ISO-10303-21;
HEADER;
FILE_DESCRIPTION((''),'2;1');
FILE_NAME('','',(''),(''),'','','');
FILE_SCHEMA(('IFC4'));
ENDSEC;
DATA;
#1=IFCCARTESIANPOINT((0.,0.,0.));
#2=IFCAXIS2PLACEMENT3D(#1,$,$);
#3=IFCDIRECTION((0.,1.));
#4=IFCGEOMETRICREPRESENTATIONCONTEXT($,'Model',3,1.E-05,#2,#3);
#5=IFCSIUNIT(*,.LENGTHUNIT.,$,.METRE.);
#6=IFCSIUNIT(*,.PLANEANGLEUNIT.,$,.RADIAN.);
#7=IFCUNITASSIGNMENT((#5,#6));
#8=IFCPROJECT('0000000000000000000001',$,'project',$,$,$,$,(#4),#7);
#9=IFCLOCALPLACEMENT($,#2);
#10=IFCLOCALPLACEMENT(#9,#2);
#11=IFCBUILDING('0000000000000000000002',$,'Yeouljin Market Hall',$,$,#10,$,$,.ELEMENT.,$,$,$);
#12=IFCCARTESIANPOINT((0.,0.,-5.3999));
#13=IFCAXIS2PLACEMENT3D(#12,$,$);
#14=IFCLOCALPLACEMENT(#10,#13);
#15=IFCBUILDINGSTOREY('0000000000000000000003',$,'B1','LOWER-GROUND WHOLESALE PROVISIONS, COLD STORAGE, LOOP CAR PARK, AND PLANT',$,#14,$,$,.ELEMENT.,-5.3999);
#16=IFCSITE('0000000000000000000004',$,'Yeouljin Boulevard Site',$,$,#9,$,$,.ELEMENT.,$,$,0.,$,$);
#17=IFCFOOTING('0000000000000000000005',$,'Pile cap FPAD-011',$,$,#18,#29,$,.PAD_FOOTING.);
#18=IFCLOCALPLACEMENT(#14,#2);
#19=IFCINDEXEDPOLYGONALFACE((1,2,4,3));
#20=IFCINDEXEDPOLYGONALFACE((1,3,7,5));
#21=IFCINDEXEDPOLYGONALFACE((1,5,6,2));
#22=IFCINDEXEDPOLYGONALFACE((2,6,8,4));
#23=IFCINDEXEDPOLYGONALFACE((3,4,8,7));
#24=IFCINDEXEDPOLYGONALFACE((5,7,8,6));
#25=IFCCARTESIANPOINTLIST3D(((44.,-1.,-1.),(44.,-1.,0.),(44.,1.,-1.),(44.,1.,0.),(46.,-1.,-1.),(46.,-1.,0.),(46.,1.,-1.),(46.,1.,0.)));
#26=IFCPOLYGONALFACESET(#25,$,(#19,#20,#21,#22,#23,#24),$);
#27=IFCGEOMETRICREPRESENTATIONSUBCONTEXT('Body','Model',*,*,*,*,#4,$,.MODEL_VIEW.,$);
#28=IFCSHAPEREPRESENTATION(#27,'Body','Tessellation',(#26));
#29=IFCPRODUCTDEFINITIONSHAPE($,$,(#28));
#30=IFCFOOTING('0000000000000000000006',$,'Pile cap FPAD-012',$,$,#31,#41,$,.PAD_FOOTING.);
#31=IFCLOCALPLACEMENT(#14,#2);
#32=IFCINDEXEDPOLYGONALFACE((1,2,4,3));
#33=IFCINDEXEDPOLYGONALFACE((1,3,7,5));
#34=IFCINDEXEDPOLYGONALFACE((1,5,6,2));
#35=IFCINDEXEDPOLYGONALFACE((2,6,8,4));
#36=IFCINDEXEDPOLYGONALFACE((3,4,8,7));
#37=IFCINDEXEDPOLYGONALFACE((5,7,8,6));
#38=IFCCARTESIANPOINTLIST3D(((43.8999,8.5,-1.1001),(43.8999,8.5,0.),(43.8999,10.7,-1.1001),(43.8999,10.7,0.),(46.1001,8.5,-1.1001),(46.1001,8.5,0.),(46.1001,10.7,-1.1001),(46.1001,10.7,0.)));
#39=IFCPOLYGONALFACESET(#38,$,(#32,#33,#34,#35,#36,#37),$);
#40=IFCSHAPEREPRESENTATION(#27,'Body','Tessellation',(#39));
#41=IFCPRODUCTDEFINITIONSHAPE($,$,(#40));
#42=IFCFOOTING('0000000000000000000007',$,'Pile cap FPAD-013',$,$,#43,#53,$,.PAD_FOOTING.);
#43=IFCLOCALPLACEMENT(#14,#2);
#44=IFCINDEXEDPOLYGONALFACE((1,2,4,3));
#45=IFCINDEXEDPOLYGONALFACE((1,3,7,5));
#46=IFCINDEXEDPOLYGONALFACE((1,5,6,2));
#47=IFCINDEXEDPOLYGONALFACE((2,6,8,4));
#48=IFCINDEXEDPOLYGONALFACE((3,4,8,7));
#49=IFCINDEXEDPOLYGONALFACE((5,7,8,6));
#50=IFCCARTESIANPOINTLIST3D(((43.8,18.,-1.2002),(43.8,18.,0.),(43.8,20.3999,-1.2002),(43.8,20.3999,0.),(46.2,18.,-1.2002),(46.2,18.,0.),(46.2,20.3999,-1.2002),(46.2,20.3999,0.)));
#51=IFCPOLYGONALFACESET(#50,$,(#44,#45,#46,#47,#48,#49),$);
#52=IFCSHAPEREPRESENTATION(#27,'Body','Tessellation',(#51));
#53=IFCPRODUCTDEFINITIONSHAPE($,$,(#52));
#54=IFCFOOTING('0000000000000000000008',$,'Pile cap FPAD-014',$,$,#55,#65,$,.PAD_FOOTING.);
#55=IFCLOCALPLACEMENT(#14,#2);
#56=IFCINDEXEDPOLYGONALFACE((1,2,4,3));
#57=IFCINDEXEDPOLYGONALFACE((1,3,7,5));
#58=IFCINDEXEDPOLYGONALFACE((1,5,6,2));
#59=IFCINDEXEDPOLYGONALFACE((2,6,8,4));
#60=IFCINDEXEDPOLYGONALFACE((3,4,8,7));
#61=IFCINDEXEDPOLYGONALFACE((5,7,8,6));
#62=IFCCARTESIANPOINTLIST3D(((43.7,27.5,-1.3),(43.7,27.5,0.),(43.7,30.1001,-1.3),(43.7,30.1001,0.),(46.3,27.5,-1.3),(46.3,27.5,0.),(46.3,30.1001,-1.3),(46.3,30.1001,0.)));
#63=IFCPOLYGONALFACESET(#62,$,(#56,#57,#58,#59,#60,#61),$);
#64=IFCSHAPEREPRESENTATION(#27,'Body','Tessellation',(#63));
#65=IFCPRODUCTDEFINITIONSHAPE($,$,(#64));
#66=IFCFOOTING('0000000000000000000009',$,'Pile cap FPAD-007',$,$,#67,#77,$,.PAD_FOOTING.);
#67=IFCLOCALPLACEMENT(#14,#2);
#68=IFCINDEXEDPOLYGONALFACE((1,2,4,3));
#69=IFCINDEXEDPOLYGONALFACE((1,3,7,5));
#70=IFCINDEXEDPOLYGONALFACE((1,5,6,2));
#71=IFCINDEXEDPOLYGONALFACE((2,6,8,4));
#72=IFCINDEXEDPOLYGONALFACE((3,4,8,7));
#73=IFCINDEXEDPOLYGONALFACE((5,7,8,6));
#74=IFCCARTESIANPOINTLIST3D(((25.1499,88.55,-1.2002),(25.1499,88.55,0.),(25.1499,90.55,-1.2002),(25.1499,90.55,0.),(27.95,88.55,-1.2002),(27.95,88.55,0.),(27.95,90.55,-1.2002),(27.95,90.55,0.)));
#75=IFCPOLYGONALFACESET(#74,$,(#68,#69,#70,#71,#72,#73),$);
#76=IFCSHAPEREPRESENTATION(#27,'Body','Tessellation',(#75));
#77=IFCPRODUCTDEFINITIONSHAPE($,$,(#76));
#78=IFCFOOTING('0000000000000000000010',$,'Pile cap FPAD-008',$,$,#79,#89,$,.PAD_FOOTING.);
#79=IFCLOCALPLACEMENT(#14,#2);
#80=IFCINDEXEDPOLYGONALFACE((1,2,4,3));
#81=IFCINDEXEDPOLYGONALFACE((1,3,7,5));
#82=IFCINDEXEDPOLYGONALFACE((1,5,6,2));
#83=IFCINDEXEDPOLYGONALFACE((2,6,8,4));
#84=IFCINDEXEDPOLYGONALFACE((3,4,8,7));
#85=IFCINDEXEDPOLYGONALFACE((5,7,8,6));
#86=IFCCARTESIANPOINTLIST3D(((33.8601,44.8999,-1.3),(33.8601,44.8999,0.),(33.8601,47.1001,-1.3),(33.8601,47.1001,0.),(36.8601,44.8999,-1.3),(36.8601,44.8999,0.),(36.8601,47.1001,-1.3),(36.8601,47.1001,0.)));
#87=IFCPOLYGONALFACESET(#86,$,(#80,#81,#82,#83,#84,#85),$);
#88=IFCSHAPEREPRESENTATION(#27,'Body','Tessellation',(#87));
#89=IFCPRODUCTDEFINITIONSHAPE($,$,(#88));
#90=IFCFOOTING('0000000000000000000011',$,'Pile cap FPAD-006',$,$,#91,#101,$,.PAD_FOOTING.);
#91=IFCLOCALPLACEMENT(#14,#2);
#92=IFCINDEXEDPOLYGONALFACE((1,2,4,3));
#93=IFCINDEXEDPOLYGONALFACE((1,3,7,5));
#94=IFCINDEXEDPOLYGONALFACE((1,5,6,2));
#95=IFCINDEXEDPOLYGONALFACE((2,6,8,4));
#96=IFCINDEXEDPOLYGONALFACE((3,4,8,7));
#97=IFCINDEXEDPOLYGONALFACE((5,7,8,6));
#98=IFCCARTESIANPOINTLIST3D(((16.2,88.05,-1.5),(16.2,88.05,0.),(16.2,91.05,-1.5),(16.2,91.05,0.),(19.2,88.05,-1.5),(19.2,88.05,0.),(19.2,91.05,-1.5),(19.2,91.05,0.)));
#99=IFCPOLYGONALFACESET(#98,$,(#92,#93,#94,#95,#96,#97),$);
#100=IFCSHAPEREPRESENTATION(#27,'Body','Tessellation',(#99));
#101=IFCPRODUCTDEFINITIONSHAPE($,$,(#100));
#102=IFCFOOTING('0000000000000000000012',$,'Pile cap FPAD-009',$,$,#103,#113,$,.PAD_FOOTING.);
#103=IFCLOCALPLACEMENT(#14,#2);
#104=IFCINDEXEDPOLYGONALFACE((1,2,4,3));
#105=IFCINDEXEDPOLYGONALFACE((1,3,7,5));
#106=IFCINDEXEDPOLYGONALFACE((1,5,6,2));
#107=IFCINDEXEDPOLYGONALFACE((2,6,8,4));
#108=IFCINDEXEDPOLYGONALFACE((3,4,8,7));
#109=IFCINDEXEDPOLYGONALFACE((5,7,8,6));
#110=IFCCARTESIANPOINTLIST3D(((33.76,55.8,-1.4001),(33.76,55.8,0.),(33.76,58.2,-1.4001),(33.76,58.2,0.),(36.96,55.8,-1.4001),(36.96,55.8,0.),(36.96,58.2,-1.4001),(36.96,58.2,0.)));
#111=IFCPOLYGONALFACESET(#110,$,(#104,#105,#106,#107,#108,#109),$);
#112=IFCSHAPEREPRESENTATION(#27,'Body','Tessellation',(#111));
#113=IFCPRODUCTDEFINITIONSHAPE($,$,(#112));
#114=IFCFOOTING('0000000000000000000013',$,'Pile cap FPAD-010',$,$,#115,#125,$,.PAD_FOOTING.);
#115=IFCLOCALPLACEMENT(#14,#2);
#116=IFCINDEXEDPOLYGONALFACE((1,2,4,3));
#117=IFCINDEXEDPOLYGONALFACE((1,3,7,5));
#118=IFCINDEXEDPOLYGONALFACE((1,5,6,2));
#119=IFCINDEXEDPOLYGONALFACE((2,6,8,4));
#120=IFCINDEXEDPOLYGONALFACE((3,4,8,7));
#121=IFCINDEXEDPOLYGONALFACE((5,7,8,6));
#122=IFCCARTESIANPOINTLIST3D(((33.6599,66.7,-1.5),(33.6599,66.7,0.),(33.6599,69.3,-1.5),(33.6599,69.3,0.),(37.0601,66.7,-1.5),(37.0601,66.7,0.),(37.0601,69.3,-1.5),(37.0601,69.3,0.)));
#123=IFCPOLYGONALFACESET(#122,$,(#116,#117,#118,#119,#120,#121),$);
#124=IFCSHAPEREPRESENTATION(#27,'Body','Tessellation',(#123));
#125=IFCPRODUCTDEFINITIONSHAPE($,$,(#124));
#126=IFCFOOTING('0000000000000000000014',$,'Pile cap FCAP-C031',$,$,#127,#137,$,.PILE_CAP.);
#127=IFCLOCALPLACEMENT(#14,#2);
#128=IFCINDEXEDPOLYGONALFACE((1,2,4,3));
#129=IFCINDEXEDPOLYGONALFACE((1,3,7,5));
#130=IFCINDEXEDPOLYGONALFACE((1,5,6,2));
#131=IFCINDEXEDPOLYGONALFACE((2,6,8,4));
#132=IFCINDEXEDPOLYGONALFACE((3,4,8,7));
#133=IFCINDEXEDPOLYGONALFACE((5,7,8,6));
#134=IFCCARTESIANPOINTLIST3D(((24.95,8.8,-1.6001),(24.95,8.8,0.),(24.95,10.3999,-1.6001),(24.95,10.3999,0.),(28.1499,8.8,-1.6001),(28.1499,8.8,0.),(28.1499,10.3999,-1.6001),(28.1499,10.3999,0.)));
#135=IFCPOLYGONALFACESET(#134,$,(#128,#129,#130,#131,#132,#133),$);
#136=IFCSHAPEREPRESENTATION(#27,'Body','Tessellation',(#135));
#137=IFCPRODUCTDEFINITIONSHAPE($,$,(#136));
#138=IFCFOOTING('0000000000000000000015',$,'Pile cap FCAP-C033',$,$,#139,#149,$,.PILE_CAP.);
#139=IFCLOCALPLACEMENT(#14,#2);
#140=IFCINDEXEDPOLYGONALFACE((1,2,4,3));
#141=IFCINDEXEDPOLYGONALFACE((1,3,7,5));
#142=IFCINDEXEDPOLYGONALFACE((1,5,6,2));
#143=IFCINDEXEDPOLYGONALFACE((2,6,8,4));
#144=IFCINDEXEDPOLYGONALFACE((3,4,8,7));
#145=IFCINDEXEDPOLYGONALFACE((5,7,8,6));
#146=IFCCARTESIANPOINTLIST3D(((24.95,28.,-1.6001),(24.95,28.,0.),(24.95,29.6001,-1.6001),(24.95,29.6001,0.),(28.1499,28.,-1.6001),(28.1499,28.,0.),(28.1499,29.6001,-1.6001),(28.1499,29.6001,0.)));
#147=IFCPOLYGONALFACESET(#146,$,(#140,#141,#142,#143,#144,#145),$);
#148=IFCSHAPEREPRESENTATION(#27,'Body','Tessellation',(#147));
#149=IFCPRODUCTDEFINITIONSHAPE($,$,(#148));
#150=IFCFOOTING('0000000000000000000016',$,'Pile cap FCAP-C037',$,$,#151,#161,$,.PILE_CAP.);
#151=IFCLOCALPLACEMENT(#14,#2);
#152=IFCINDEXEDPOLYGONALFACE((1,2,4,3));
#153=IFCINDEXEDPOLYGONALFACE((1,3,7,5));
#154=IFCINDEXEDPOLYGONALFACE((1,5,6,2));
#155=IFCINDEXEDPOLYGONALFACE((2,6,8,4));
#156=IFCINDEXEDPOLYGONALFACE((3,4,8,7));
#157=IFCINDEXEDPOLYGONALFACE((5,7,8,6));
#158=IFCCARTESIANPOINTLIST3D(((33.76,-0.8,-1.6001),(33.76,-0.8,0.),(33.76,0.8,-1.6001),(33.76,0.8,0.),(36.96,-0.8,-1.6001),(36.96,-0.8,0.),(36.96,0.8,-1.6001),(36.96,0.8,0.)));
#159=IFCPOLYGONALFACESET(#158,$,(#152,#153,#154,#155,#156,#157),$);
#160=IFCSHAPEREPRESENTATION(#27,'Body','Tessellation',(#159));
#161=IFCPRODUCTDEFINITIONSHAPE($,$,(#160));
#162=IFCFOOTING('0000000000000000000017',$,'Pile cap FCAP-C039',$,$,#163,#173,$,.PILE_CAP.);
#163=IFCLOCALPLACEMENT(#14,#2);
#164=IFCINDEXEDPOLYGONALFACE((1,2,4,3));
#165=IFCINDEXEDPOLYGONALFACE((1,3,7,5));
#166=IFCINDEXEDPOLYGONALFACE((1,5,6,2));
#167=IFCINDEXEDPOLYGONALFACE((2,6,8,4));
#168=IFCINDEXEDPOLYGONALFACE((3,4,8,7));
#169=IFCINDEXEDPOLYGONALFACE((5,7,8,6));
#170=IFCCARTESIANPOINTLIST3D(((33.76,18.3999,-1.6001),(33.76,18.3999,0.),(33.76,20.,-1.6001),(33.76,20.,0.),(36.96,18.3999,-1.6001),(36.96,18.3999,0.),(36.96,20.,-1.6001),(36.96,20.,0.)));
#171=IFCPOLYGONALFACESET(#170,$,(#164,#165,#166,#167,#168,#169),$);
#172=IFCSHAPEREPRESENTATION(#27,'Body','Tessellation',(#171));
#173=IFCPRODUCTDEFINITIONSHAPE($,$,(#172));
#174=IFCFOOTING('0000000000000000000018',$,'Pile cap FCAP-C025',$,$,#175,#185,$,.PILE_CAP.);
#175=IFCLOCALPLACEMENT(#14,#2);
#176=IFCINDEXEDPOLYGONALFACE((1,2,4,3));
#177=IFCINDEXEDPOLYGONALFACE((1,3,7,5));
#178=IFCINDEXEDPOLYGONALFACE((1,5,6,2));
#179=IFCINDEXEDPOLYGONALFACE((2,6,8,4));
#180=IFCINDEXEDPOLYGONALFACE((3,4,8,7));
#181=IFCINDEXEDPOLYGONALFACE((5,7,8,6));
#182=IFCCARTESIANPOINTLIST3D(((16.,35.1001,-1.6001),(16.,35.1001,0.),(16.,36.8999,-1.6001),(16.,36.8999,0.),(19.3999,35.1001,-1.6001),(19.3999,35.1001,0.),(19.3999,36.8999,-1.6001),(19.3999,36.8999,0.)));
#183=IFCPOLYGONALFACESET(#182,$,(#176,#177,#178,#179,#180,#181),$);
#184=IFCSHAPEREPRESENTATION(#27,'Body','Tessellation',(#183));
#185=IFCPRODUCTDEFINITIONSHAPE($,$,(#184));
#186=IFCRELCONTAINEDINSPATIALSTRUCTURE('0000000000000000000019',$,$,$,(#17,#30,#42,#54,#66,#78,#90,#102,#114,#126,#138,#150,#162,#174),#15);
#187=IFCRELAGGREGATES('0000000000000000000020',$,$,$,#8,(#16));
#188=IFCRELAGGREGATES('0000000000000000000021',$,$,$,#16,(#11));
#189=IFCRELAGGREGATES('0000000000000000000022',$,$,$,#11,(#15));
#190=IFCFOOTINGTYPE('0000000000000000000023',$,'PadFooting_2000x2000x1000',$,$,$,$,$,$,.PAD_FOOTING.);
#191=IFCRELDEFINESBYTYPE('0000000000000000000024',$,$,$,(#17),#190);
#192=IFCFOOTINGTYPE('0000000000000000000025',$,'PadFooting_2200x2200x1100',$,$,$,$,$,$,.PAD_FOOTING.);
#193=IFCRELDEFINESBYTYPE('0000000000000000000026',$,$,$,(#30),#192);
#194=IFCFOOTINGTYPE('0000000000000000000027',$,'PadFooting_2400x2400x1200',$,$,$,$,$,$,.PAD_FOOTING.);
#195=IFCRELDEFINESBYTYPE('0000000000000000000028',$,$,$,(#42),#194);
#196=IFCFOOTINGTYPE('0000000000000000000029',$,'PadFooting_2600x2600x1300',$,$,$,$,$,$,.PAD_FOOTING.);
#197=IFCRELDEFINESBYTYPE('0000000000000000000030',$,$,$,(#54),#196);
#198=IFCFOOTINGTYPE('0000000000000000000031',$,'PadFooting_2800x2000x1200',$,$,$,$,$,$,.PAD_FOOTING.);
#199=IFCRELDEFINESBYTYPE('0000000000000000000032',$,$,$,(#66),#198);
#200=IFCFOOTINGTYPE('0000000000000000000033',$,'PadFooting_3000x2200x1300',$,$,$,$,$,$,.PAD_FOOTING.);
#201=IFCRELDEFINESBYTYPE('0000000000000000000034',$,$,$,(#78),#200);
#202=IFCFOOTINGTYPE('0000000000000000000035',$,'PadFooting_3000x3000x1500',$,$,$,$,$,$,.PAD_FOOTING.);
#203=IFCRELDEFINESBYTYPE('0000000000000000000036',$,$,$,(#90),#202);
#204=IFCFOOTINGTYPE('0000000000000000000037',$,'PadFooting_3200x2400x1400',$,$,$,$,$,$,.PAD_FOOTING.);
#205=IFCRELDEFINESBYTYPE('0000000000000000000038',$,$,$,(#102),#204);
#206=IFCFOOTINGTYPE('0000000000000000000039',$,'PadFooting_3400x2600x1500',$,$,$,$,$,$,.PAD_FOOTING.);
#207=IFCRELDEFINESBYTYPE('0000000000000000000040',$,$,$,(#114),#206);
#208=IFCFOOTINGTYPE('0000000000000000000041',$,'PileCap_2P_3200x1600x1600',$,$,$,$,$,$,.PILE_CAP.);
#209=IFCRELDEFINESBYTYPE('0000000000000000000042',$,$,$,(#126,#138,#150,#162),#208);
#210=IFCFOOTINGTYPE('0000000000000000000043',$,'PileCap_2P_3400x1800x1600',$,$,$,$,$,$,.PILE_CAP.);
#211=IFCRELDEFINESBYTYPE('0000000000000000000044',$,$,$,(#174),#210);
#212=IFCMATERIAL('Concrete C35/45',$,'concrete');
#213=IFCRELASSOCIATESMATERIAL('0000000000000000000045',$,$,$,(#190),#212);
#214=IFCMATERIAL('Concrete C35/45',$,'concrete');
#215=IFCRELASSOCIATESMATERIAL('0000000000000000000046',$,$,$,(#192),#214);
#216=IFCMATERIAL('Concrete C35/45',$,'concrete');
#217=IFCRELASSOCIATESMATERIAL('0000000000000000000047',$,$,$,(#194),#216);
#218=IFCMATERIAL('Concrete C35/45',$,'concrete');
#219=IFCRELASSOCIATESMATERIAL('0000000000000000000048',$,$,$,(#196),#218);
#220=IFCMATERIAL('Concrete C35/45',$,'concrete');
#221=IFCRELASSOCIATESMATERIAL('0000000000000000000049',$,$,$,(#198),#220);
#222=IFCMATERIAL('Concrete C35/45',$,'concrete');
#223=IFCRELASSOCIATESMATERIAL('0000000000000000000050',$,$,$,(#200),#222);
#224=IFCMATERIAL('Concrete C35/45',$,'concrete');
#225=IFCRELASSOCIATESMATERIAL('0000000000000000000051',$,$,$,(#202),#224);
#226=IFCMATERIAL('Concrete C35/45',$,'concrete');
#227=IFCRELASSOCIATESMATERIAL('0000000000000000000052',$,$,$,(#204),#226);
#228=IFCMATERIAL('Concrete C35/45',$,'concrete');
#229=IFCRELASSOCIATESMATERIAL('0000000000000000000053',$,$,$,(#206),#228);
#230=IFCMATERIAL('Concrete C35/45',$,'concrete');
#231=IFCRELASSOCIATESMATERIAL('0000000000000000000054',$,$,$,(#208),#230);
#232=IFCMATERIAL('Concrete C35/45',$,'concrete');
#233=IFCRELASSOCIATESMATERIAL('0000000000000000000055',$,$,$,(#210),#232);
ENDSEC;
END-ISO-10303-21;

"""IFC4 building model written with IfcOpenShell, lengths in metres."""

from ifc_helpers import new_model, si_unit, direction, frame, origin, place, context, subcontext, project, spatial, polyline, outline, extrude, material, type_object, element, save


model = new_model("IFC4")

# Units and contexts
model_context = context("Model", 3, precision=1e-05, world=origin(), true_north=direction((0.0, 1.0)))
body_context = subcontext(model_context, "Body", "Model", "MODEL_VIEW")
ifc_project = project(units=[si_unit("LENGTHUNIT", "METRE"), si_unit("PLANEANGLEUNIT", "RADIAN")], contexts=[model_context])

# Site, building, storey
site_placement = place(None, origin())
site = spatial("IfcSite", under=ifc_project, at=site_placement, Name="Yeouljin Boulevard Site", CompositionType="ELEMENT", RefElevation=0.0)
building_placement = place(site_placement, origin())
building = spatial("IfcBuilding", under=site, at=building_placement, Name="Yeouljin Market Hall", CompositionType="ELEMENT")
storey_placement = place(building_placement, frame((0.0, 0.0, -5.3999)))
storey = spatial("IfcBuildingStorey", under=building, at=storey_placement, Name="B1", Description="LOWER-GROUND WHOLESALE PROVISIONS, COLD STORAGE, LOOP CAR PARK, AND PLANT", CompositionType="ELEMENT", Elevation=-5.3999)

# Footings
ifc_material_1 = material(Name="Concrete C35/45", Category="concrete")
footing_type_1 = type_object("IfcFootingType", Name="PadFooting_2000x2000x1000", PredefinedType="PAD_FOOTING", material=ifc_material_1)
footing_1_placement = place(storey_placement, frame((0.0, 0.0, -1.0)))
element("IfcFooting", 1, at=footing_1_placement, inside=storey, type_object=footing_type_1, Name="Pile cap FPAD-011", PredefinedType="PAD_FOOTING", context=body_context, shape_type="SweptSolid", body=[
    extrude(outline(polyline([(44.0, -1.0), (46.0, -1.0), (46.0, 1.0), (44.0, 1.0), (44.0, -1.0)])), origin(), (0.0, 0.0, 1.0), 1.0),
])
ifc_material_2 = material(Name="Concrete C35/45", Category="concrete")
footing_type_2 = type_object("IfcFootingType", Name="PadFooting_2200x2200x1100", PredefinedType="PAD_FOOTING", material=ifc_material_2)
footing_2_placement = place(storey_placement, frame((0.0, 0.0, -1.1001)))
element("IfcFooting", 2, at=footing_2_placement, inside=storey, type_object=footing_type_2, Name="Pile cap FPAD-012", PredefinedType="PAD_FOOTING", context=body_context, shape_type="SweptSolid", body=[
    extrude(outline(polyline([(43.8999, 8.5), (46.1001, 8.5), (46.1001, 10.7), (43.8999, 10.7), (43.8999, 8.5)])), origin(), (0.0, 0.0, 1.0), 1.1001),
])
ifc_material_3 = material(Name="Concrete C35/45", Category="concrete")
footing_type_3 = type_object("IfcFootingType", Name="PadFooting_2400x2400x1200", PredefinedType="PAD_FOOTING", material=ifc_material_3)
footing_3_placement = place(storey_placement, frame((0.0, 0.0, -1.2002)))
element("IfcFooting", 3, at=footing_3_placement, inside=storey, type_object=footing_type_3, Name="Pile cap FPAD-013", PredefinedType="PAD_FOOTING", context=body_context, shape_type="SweptSolid", body=[
    extrude(outline(polyline([(43.8, 18.0), (46.2, 18.0), (46.2, 20.3999), (43.8, 20.3999), (43.8, 18.0)])), origin(), (0.0, 0.0, 1.0), 1.2002),
])
ifc_material_4 = material(Name="Concrete C35/45", Category="concrete")
footing_type_4 = type_object("IfcFootingType", Name="PadFooting_2600x2600x1300", PredefinedType="PAD_FOOTING", material=ifc_material_4)
footing_4_placement = place(storey_placement, frame((0.0, 0.0, -1.3)))
element("IfcFooting", 4, at=footing_4_placement, inside=storey, type_object=footing_type_4, Name="Pile cap FPAD-014", PredefinedType="PAD_FOOTING", context=body_context, shape_type="SweptSolid", body=[
    extrude(outline(polyline([(43.7, 27.5), (46.3, 27.5), (46.3, 30.1001), (43.7, 30.1001), (43.7, 27.5)])), origin(), (0.0, 0.0, 1.0), 1.3),
])
ifc_material_5 = material(Name="Concrete C35/45", Category="concrete")
footing_type_5 = type_object("IfcFootingType", Name="PadFooting_2800x2000x1200", PredefinedType="PAD_FOOTING", material=ifc_material_5)
footing_5_placement = place(storey_placement, frame((0.0, 0.0, -1.2002)))
element("IfcFooting", 5, at=footing_5_placement, inside=storey, type_object=footing_type_5, Name="Pile cap FPAD-007", PredefinedType="PAD_FOOTING", context=body_context, shape_type="SweptSolid", body=[
    extrude(outline(polyline([(25.1499, 88.55), (27.95, 88.55), (27.95, 90.55), (25.1499, 90.55), (25.1499, 88.55)])), origin(), (0.0, 0.0, 1.0), 1.2002),
])
ifc_material_6 = material(Name="Concrete C35/45", Category="concrete")
footing_type_6 = type_object("IfcFootingType", Name="PadFooting_3000x2200x1300", PredefinedType="PAD_FOOTING", material=ifc_material_6)
footing_6_placement = place(storey_placement, frame((0.0, 0.0, -1.3)))
element("IfcFooting", 6, at=footing_6_placement, inside=storey, type_object=footing_type_6, Name="Pile cap FPAD-008", PredefinedType="PAD_FOOTING", context=body_context, shape_type="SweptSolid", body=[
    extrude(outline(polyline([(33.8601, 44.8999), (36.8601, 44.8999), (36.8601, 47.1001), (33.8601, 47.1001), (33.8601, 44.8999)])), origin(), (0.0, 0.0, 1.0), 1.3),
])
ifc_material_7 = material(Name="Concrete C35/45", Category="concrete")
footing_type_7 = type_object("IfcFootingType", Name="PadFooting_3000x3000x1500", PredefinedType="PAD_FOOTING", material=ifc_material_7)
footing_7_placement = place(storey_placement, frame((0.0, 0.0, -1.5)))
element("IfcFooting", 7, at=footing_7_placement, inside=storey, type_object=footing_type_7, Name="Pile cap FPAD-006", PredefinedType="PAD_FOOTING", context=body_context, shape_type="SweptSolid", body=[
    extrude(outline(polyline([(16.2, 88.05), (19.2, 88.05), (19.2, 91.05), (16.2, 91.05), (16.2, 88.05)])), origin(), (0.0, 0.0, 1.0), 1.5),
])
ifc_material_8 = material(Name="Concrete C35/45", Category="concrete")
footing_type_8 = type_object("IfcFootingType", Name="PadFooting_3200x2400x1400", PredefinedType="PAD_FOOTING", material=ifc_material_8)
footing_8_placement = place(storey_placement, frame((0.0, 0.0, -1.4001)))
element("IfcFooting", 8, at=footing_8_placement, inside=storey, type_object=footing_type_8, Name="Pile cap FPAD-009", PredefinedType="PAD_FOOTING", context=body_context, shape_type="SweptSolid", body=[
    extrude(outline(polyline([(33.76, 55.8), (36.96, 55.8), (36.96, 58.2), (33.76, 58.2), (33.76, 55.8)])), origin(), (0.0, 0.0, 1.0), 1.4001),
])
ifc_material_9 = material(Name="Concrete C35/45", Category="concrete")
footing_type_9 = type_object("IfcFootingType", Name="PadFooting_3400x2600x1500", PredefinedType="PAD_FOOTING", material=ifc_material_9)
footing_9_placement = place(storey_placement, frame((0.0, 0.0, -1.5)))
element("IfcFooting", 9, at=footing_9_placement, inside=storey, type_object=footing_type_9, Name="Pile cap FPAD-010", PredefinedType="PAD_FOOTING", context=body_context, shape_type="SweptSolid", body=[
    extrude(outline(polyline([(33.6599, 66.7), (37.0601, 66.7), (37.0601, 69.3), (33.6599, 69.3), (33.6599, 66.7)])), origin(), (0.0, 0.0, 1.0), 1.5),
])
ifc_material_10 = material(Name="Concrete C35/45", Category="concrete")
footing_type_10 = type_object("IfcFootingType", Name="PileCap_2P_3200x1600x1600", PredefinedType="PILE_CAP", material=ifc_material_10)
footing_10_placement = place(storey_placement, frame((0.0, 0.0, -1.6001)))
element("IfcFooting", 10, at=footing_10_placement, inside=storey, type_object=footing_type_10, Name="Pile cap FCAP-C031", PredefinedType="PILE_CAP", context=body_context, shape_type="SweptSolid", body=[
    extrude(outline(polyline([(24.95, 8.8), (28.1499, 8.8), (28.1499, 10.3999), (24.95, 10.3999), (24.95, 8.8)])), origin(), (0.0, 0.0, 1.0), 1.6001),
])
footing_11_placement = place(storey_placement, frame((0.0, 0.0, -1.6001)))
element("IfcFooting", 11, at=footing_11_placement, inside=storey, type_object=footing_type_10, Name="Pile cap FCAP-C033", PredefinedType="PILE_CAP", context=body_context, shape_type="SweptSolid", body=[
    extrude(outline(polyline([(24.95, 28.0), (28.1499, 28.0), (28.1499, 29.6001), (24.95, 29.6001), (24.95, 28.0)])), origin(), (0.0, 0.0, 1.0), 1.6001),
])
footing_12_placement = place(storey_placement, frame((0.0, 0.0, -1.6001)))
element("IfcFooting", 12, at=footing_12_placement, inside=storey, type_object=footing_type_10, Name="Pile cap FCAP-C037", PredefinedType="PILE_CAP", context=body_context, shape_type="SweptSolid", body=[
    extrude(outline(polyline([(33.76, -0.8), (36.96, -0.8), (36.96, 0.8), (33.76, 0.8), (33.76, -0.8)])), origin(), (0.0, 0.0, 1.0), 1.6001),
])
footing_13_placement = place(storey_placement, frame((0.0, 0.0, -1.6001)))
element("IfcFooting", 13, at=footing_13_placement, inside=storey, type_object=footing_type_10, Name="Pile cap FCAP-C039", PredefinedType="PILE_CAP", context=body_context, shape_type="SweptSolid", body=[
    extrude(outline(polyline([(33.76, 18.3999), (36.96, 18.3999), (36.96, 20.0), (33.76, 20.0), (33.76, 18.3999)])), origin(), (0.0, 0.0, 1.0), 1.6001),
])
ifc_material_11 = material(Name="Concrete C35/45", Category="concrete")
footing_type_11 = type_object("IfcFootingType", Name="PileCap_2P_3400x1800x1600", PredefinedType="PILE_CAP", material=ifc_material_11)
footing_14_placement = place(storey_placement, frame((0.0, 0.0, -1.6001)))
element("IfcFooting", 14, at=footing_14_placement, inside=storey, type_object=footing_type_11, Name="Pile cap FCAP-C025", PredefinedType="PILE_CAP", context=body_context, shape_type="SweptSolid", body=[
    extrude(outline(polyline([(16.0, 35.1001), (19.3999, 35.1001), (19.3999, 36.8999), (16.0, 36.8999), (16.0, 35.1001)])), origin(), (0.0, 0.0, 1.0), 1.6001),
])

save(model, "model.ifc")
